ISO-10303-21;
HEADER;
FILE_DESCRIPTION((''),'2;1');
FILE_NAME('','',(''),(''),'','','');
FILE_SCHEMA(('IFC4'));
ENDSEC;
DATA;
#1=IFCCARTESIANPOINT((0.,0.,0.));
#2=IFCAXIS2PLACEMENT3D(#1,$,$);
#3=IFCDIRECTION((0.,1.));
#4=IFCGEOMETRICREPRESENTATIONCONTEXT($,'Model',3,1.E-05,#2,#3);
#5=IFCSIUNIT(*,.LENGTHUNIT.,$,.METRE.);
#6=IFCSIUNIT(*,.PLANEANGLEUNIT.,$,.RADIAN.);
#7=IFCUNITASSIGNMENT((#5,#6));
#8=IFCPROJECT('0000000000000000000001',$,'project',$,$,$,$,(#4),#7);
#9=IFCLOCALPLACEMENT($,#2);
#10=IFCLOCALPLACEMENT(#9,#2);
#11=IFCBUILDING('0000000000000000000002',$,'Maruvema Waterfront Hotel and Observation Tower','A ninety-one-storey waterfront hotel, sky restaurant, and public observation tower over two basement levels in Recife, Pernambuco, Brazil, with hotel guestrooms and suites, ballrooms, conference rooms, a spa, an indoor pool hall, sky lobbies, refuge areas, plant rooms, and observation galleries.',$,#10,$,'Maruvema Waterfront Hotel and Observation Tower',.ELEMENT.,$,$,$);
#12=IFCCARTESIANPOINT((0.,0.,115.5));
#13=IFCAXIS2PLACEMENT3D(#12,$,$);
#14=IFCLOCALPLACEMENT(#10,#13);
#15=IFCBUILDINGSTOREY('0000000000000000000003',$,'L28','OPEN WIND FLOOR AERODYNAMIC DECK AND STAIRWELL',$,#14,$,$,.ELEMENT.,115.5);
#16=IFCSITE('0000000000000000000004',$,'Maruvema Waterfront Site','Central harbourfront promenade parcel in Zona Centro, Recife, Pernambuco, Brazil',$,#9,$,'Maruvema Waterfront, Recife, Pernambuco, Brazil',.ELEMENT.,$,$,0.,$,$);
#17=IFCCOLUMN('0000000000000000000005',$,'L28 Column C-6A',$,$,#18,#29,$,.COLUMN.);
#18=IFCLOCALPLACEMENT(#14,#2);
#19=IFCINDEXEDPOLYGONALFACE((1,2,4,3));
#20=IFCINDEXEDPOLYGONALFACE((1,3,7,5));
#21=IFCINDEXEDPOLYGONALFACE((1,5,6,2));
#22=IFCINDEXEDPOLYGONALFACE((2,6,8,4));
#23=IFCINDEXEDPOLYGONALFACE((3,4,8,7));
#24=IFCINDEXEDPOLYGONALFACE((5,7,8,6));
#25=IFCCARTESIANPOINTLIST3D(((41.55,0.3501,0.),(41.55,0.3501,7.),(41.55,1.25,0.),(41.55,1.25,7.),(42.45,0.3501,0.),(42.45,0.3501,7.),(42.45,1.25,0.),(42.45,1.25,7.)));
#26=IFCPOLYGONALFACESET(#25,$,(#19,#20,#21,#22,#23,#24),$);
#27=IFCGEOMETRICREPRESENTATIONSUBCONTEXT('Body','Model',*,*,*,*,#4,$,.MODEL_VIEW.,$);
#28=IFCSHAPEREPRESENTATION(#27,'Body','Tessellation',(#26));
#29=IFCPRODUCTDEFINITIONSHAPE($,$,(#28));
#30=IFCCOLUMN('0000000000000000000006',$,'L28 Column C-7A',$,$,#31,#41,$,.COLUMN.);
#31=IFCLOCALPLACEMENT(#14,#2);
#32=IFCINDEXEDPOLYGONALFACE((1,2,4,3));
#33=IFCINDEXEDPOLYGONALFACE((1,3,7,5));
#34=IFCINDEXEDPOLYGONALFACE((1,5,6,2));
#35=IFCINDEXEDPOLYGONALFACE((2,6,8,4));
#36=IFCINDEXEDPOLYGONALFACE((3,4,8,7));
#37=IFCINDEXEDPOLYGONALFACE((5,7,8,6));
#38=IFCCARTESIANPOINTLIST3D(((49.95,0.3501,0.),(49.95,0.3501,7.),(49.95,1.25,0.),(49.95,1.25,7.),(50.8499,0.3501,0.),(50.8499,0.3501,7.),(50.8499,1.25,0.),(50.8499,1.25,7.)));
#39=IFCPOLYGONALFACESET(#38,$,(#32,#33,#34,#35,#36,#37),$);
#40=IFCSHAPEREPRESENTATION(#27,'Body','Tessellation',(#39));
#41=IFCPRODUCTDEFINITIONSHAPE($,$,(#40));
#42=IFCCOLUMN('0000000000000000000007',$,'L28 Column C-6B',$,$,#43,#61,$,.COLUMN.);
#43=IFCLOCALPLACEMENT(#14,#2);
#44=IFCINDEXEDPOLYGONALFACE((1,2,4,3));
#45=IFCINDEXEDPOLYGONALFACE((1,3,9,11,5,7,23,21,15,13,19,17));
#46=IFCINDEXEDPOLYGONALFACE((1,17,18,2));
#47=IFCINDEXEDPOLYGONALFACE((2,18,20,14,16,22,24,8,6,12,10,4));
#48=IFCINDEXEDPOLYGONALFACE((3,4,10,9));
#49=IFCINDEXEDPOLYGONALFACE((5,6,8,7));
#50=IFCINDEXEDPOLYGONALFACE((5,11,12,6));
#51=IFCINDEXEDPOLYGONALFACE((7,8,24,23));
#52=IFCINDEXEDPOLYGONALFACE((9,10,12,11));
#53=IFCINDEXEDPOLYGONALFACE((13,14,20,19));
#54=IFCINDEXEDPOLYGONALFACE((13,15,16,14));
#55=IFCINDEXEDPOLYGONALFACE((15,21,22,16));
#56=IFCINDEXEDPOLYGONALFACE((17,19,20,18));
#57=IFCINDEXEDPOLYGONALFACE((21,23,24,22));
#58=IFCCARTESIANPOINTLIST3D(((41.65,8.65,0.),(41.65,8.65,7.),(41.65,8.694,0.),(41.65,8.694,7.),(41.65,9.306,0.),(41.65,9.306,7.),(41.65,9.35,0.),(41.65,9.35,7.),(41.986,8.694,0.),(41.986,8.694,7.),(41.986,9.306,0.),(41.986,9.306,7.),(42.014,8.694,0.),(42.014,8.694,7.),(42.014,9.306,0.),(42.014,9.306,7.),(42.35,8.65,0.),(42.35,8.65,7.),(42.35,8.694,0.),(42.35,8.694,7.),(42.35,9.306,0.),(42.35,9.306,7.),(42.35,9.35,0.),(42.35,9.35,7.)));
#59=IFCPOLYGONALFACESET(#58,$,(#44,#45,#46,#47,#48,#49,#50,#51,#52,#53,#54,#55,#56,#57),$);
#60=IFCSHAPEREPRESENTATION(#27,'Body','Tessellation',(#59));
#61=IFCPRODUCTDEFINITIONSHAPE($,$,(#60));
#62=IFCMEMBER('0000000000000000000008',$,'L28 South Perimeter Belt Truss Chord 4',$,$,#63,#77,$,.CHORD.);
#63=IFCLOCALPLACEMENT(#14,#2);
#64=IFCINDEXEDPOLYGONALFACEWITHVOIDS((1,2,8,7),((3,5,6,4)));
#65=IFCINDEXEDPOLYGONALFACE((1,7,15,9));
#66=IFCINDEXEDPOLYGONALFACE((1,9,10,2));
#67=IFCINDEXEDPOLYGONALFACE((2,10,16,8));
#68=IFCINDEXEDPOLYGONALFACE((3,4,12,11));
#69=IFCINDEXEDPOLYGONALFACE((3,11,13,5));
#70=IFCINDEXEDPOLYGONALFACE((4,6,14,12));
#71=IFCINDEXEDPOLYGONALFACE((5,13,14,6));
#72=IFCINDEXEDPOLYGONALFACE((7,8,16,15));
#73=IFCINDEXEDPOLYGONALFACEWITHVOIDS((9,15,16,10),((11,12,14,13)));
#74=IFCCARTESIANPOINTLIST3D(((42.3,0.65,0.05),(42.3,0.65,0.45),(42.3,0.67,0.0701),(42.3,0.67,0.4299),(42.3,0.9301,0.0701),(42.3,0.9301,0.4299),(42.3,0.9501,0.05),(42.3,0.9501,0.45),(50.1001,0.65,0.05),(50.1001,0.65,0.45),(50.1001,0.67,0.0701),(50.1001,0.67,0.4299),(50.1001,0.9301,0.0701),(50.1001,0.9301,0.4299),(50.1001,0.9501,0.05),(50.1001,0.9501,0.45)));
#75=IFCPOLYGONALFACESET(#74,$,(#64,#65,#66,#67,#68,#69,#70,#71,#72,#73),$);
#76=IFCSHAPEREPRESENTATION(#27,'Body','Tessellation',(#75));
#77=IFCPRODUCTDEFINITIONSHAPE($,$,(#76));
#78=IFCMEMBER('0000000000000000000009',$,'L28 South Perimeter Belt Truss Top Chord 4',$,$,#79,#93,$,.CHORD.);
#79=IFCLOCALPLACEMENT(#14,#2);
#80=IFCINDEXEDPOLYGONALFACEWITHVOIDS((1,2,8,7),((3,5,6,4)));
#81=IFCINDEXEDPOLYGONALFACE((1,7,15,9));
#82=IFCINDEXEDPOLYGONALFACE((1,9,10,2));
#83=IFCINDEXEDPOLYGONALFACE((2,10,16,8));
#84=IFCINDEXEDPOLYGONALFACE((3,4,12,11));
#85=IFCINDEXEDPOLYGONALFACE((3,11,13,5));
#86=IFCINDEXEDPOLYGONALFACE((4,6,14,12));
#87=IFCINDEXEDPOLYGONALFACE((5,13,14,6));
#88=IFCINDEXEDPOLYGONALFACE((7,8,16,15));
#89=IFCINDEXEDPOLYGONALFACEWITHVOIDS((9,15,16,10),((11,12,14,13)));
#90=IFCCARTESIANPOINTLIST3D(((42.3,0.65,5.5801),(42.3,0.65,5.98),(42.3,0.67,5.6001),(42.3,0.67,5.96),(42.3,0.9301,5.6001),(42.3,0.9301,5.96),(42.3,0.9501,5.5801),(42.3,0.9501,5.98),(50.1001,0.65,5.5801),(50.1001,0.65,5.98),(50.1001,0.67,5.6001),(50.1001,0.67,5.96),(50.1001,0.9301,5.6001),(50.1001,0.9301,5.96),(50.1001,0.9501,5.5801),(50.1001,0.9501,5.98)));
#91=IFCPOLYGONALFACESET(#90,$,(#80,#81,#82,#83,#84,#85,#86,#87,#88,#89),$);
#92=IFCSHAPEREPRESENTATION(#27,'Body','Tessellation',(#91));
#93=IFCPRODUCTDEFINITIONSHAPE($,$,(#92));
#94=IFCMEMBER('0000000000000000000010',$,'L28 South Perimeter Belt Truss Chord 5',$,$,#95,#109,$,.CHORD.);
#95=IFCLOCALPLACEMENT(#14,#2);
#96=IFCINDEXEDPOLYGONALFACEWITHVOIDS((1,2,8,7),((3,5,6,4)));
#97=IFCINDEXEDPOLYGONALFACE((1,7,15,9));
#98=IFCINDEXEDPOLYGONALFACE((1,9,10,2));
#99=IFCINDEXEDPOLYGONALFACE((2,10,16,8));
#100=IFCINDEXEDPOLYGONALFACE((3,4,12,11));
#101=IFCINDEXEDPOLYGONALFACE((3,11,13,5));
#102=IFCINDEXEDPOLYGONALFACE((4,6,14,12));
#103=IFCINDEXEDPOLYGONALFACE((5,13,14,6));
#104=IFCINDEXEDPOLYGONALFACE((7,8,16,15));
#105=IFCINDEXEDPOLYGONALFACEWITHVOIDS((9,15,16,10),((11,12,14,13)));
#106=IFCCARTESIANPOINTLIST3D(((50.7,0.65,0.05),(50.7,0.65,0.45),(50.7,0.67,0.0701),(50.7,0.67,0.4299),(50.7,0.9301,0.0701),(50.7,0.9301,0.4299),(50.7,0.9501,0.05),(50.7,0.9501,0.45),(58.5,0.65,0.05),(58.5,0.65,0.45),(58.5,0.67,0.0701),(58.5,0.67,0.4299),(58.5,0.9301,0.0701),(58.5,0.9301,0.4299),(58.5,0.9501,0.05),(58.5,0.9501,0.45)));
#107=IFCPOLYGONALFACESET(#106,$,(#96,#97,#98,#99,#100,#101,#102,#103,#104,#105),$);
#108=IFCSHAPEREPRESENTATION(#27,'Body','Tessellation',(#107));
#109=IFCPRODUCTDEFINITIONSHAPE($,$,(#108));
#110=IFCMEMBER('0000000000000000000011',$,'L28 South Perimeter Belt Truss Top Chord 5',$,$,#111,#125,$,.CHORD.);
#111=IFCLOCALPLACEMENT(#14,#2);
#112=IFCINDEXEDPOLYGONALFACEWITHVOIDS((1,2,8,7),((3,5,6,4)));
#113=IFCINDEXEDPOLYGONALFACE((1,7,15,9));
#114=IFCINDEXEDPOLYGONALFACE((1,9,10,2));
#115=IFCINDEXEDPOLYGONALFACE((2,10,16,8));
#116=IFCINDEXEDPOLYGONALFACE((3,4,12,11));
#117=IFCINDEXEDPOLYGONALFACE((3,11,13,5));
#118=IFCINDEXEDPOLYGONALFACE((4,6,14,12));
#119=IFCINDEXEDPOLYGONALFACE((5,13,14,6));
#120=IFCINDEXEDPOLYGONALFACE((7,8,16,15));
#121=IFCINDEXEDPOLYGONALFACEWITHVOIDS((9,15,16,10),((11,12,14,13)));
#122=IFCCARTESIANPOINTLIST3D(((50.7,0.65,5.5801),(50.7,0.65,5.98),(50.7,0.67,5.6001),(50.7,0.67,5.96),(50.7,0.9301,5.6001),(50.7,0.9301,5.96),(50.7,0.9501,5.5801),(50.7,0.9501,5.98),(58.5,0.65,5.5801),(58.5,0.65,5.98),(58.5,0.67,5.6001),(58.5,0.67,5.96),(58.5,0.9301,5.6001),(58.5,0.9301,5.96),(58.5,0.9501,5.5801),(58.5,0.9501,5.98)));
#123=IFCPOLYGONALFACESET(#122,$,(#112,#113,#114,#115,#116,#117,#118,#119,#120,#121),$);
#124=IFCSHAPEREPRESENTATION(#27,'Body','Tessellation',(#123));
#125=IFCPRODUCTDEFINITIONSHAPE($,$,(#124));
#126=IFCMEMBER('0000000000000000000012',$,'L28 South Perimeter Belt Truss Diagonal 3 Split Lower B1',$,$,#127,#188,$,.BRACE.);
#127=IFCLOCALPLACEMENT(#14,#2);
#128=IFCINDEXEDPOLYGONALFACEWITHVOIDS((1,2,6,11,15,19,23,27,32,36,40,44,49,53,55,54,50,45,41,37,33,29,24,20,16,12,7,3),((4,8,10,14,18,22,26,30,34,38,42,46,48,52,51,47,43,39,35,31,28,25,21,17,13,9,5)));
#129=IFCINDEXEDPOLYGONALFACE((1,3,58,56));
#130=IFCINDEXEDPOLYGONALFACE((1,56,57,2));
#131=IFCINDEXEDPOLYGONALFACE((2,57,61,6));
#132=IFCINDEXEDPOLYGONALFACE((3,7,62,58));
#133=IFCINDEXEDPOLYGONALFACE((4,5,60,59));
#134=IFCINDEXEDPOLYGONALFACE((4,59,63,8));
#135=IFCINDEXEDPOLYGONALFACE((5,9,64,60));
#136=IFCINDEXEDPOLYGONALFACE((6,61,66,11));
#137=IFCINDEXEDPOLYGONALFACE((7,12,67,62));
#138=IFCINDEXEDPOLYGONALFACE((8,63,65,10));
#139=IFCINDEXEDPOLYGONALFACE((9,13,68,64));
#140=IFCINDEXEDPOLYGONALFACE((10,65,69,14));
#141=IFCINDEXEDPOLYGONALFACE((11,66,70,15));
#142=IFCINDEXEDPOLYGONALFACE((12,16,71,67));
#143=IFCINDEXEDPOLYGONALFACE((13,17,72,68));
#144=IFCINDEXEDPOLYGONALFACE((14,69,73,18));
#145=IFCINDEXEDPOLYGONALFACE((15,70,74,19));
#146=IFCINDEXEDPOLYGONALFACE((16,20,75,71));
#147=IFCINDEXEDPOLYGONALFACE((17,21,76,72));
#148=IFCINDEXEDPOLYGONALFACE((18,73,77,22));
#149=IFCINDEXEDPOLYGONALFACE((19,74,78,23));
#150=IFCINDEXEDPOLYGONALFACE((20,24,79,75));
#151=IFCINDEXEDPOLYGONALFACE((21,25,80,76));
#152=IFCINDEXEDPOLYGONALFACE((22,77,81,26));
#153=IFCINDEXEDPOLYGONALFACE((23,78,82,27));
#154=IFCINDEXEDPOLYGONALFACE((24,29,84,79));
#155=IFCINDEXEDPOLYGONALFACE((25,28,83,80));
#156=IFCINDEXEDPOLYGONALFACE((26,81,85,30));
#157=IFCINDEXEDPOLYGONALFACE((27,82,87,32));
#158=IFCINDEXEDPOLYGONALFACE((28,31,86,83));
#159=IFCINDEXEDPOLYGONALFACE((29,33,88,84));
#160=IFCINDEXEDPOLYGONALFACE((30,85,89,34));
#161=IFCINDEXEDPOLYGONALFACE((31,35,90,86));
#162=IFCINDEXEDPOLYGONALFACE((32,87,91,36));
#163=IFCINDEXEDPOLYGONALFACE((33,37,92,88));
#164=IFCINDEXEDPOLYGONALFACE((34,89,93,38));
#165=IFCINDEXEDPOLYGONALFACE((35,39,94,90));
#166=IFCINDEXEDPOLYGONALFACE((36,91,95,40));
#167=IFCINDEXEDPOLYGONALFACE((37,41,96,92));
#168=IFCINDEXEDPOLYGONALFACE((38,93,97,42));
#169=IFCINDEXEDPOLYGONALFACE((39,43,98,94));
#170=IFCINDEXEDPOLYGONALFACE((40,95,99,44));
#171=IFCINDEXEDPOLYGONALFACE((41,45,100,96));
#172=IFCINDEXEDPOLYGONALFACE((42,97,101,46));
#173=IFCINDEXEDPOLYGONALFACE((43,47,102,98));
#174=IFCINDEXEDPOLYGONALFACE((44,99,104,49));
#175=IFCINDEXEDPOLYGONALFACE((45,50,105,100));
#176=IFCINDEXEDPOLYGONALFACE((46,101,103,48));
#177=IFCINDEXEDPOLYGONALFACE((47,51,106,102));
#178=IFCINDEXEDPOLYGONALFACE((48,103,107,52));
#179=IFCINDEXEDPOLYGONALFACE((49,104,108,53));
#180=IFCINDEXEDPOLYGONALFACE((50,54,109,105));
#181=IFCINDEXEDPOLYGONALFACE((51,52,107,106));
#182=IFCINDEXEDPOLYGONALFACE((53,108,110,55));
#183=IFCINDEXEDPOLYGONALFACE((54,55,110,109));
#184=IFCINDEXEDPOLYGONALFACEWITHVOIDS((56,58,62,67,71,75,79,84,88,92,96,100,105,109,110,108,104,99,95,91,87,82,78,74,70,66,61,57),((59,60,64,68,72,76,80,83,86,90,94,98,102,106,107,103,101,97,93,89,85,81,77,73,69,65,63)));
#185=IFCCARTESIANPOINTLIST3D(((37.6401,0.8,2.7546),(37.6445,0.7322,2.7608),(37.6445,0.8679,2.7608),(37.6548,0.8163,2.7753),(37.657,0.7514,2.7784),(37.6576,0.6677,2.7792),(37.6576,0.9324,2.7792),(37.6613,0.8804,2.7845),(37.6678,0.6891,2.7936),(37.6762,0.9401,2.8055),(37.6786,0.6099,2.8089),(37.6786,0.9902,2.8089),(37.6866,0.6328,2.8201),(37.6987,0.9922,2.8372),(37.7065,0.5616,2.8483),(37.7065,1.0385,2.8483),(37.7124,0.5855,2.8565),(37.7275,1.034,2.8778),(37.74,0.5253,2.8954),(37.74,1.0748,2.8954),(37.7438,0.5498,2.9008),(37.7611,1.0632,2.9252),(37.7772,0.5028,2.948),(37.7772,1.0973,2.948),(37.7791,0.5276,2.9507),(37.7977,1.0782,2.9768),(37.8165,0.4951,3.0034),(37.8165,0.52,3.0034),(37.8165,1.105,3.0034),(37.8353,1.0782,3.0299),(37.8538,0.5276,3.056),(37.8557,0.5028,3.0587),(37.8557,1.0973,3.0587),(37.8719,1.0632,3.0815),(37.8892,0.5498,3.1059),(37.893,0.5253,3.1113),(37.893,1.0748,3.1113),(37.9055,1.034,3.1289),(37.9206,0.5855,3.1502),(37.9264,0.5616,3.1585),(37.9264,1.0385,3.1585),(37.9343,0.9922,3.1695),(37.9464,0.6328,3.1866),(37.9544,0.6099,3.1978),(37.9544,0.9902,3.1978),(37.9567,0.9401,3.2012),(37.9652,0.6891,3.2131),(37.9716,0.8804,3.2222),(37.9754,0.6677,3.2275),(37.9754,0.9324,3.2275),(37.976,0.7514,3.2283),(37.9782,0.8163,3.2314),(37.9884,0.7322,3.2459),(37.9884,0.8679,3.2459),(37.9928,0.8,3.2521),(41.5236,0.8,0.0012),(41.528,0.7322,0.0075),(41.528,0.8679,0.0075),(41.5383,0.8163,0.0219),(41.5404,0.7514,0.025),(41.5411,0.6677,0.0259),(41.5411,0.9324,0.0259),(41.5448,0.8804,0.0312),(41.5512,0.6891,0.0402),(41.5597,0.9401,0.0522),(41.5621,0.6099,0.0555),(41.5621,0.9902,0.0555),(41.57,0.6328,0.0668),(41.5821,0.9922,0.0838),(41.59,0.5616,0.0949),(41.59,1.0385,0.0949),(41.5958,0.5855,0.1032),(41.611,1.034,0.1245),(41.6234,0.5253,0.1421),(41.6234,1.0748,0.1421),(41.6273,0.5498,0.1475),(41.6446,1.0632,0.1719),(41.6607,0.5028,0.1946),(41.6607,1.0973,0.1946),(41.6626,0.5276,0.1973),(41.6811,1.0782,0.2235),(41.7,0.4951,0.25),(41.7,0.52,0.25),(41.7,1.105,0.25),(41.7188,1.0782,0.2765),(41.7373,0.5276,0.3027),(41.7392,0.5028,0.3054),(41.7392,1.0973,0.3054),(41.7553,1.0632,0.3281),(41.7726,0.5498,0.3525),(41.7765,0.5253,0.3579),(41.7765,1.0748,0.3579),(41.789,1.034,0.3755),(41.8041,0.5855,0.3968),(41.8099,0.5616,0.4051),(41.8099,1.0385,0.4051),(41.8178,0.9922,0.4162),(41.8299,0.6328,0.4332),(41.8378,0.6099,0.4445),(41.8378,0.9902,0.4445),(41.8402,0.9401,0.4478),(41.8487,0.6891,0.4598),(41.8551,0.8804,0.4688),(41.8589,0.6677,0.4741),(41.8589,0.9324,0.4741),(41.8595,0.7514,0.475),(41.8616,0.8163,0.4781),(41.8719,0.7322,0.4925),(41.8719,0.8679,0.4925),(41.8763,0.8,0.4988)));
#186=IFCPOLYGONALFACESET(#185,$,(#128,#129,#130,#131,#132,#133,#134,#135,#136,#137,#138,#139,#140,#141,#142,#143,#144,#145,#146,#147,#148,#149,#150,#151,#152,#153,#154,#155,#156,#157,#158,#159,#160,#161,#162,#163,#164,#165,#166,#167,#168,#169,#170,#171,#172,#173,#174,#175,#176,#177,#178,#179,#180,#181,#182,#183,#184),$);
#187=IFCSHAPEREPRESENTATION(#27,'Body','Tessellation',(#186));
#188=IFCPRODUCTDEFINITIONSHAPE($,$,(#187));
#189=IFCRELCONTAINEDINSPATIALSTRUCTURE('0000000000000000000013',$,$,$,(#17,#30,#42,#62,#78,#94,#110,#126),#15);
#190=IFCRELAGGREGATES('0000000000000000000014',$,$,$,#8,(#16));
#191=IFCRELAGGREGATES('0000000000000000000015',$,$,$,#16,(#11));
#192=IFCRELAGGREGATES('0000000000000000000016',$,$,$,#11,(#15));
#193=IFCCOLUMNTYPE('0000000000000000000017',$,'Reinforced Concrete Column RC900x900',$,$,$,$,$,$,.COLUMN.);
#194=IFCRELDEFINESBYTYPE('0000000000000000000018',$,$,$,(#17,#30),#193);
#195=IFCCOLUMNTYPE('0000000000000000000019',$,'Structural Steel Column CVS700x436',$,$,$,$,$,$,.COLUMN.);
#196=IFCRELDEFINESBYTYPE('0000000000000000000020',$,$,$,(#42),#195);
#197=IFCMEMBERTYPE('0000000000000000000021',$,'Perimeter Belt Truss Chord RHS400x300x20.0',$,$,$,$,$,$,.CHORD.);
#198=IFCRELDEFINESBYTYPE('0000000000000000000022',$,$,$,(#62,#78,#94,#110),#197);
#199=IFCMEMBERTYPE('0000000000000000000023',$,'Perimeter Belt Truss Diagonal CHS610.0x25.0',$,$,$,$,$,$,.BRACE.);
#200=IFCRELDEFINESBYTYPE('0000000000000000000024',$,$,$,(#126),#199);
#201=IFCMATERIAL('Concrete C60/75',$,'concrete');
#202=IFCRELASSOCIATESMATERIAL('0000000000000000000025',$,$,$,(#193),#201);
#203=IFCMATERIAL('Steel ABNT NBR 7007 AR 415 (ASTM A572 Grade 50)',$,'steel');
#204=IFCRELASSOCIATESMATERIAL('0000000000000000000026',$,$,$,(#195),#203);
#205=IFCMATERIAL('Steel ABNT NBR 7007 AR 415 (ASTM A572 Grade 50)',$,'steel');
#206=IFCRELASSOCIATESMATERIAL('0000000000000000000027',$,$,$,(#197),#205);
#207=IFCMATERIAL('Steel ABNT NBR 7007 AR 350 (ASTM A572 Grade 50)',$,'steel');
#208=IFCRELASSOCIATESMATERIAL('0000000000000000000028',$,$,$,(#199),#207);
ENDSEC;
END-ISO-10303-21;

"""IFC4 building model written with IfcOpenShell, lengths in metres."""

from ifc_helpers import new_model, si_unit, direction, frame, origin, origin_2d, place, context, subcontext, project, spatial, rectangle, hollow_rectangle, hollow_circle, i_section, extrude, material, material_profile, profile_set, type_object, element, save


model = new_model("IFC4")

# Units and contexts
model_context = context("Model", 3, precision=1e-05, world=origin(), true_north=direction((0.0, 1.0)))
body_context = subcontext(model_context, "Body", "Model", "MODEL_VIEW")
ifc_project = project(units=[si_unit("LENGTHUNIT", "METRE"), si_unit("PLANEANGLEUNIT", "RADIAN")], contexts=[model_context])

# Site, building, storey
site_placement = place(None, origin())
site = spatial("IfcSite", under=ifc_project, at=site_placement, Name="Maruvema Waterfront Site", Description="Central harbourfront promenade parcel in Zona Centro, Recife, Pernambuco, Brazil", LongName="Maruvema Waterfront, Recife, Pernambuco, Brazil", CompositionType="ELEMENT", RefElevation=0.0)
building_placement = place(site_placement, origin())
building = spatial("IfcBuilding", under=site, at=building_placement, Name="Maruvema Waterfront Hotel and Observation Tower", Description="A ninety-one-storey waterfront hotel, sky restaurant, and public observation tower over two basement levels in Recife, Pernambuco, Brazil, with hotel guestrooms and suites, ballrooms, conference rooms, a spa, an indoor pool hall, sky lobbies, refuge areas, plant rooms, and observation galleries.", LongName="Maruvema Waterfront Hotel and Observation Tower", CompositionType="ELEMENT")
storey_placement = place(building_placement, frame((0.0, 0.0, 115.5)))
storey = spatial("IfcBuildingStorey", under=building, at=storey_placement, Name="L28", Description="OPEN WIND FLOOR AERODYNAMIC DECK AND STAIRWELL", CompositionType="ELEMENT", Elevation=115.5)

# Columns
ifc_material_1 = material(Name="Concrete C60/75", Category="concrete")
ifc_material_profile_1 = material_profile(ifc_material_1, rectangle(XDim=0.8999, YDim=0.8999, at=origin_2d()), Name="RC900x900")
ifc_profile_set_1 = profile_set([ifc_material_profile_1], Name="Concrete C60/75")
column_type_1 = type_object("IfcColumnType", Name="Reinforced Concrete Column RC900x900", PredefinedType="COLUMN", material=ifc_profile_set_1)
for number, where, z_axis, x_axis, name in (
    (1, (42.0, 0.8, 0.0), (0.0, 0.0, 1.0), (1.0, 0.0, 0.0), "L28 Column C-6A"),
    (2, (50.3999, 0.8, 0.0), (0.0, 0.0, 1.0), (1.0, 0.0, 0.0), "L28 Column C-7A"),
):
    element("IfcColumn", number, at=place(storey_placement, frame(where, z_axis=z_axis, x_axis=x_axis)), inside=storey, type_object=column_type_1, Name=name, PredefinedType="COLUMN", context=body_context, shape_type="SweptSolid", body=[
        extrude(rectangle(XDim=0.8999, YDim=0.8999, at=origin_2d()), origin(), (0.0, 0.0, 1.0), 7.0),
    ])
ifc_material_2 = material(Name="Steel ABNT NBR 7007 AR 415 (ASTM A572 Grade 50)", Category="steel")
ifc_material_profile_2 = material_profile(ifc_material_2, i_section(OverallWidth=0.7, OverallDepth=0.7, WebThickness=0.0281, FlangeThickness=0.0439, at=origin_2d()), Name="CVS700x436")
ifc_profile_set_2 = profile_set([ifc_material_profile_2], Name="Steel ABNT NBR 7007 AR 415 (ASTM A572 Grade 50)")
column_type_2 = type_object("IfcColumnType", Name="Structural Steel Column CVS700x436", PredefinedType="COLUMN", material=ifc_profile_set_2)
column_placement = place(storey_placement, frame((42.0, 9.0, 0.0), z_axis=(0.0, 0.0, 1.0), x_axis=(1.0, 0.0, 0.0)))
element("IfcColumn", 3, at=column_placement, inside=storey, type_object=column_type_2, Name="L28 Column C-6B", PredefinedType="COLUMN", context=body_context, shape_type="SweptSolid", body=[
    extrude(i_section(OverallWidth=0.7, OverallDepth=0.7, WebThickness=0.0281, FlangeThickness=0.0439, at=origin_2d()), origin(), (0.0, 0.0, 1.0), 7.0),
])

# Members
ifc_material_3 = material(Name="Steel ABNT NBR 7007 AR 415 (ASTM A572 Grade 50)", Category="steel")
ifc_material_profile_3 = material_profile(ifc_material_3, hollow_rectangle(XDim=0.3, YDim=0.3999, WallThickness=0.02, at=origin_2d()), Name="RHS400x300x20.0")
ifc_profile_set_3 = profile_set([ifc_material_profile_3], Name="Steel ABNT NBR 7007 AR 415 (ASTM A572 Grade 50)")
member_type_1 = type_object("IfcMemberType", Name="Perimeter Belt Truss Chord RHS400x300x20.0", PredefinedType="CHORD", material=ifc_profile_set_3)
for number, where, z_axis, x_axis, name in (
    (4, (42.3, 0.8, 0.25), (1.0, 0.0, 0.0), (0.0, 1.0, 0.0), "L28 South Perimeter Belt Truss Chord 4"),
    (5, (42.3, 0.8, 5.78), (1.0, 0.0, 0.0), (0.0, 1.0, 0.0), "L28 South Perimeter Belt Truss Top Chord 4"),
    (6, (50.7, 0.8, 0.25), (1.0, 0.0, 0.0), (0.0, 1.0, 0.0), "L28 South Perimeter Belt Truss Chord 5"),
    (7, (50.7, 0.8, 5.78), (1.0, 0.0, 0.0), (0.0, 1.0, 0.0), "L28 South Perimeter Belt Truss Top Chord 5"),
):
    element("IfcMember", number, at=place(storey_placement, frame(where, z_axis=z_axis, x_axis=x_axis)), inside=storey, type_object=member_type_1, Name=name, PredefinedType="CHORD", context=body_context, shape_type="SweptSolid", body=[
        extrude(hollow_rectangle(XDim=0.3, YDim=0.3999, WallThickness=0.02, at=origin_2d()), origin(), (0.0, 0.0, 1.0), 7.8),
    ])
ifc_material_4 = material(Name="Steel ABNT NBR 7007 AR 350 (ASTM A572 Grade 50)", Category="steel")
ifc_material_profile_4 = material_profile(ifc_material_4, hollow_circle(Radius=0.3049, WallThickness=0.0249, at=origin_2d()), Name="CHS610.0x25.0")
ifc_profile_set_4 = profile_set([ifc_material_profile_4], Name="Steel ABNT NBR 7007 AR 350 (ASTM A572 Grade 50)")
member_type_2 = type_object("IfcMemberType", Name="Perimeter Belt Truss Diagonal CHS610.0x25.0", PredefinedType="BRACE", material=ifc_profile_set_4)
member_1_placement = place(storey_placement, frame((41.7, 0.8, 0.25), z_axis=(-0.815769, 0.0, 0.578377), x_axis=(0.0, -1.0, 0.0)))
element("IfcMember", 8, at=member_1_placement, inside=storey, type_object=member_type_2, Name="L28 South Perimeter Belt Truss Diagonal 3 Split Lower B1", PredefinedType="BRACE", context=body_context, shape_type="SweptSolid", body=[
    extrude(hollow_circle(Radius=0.3049, WallThickness=0.0249, at=origin_2d()), origin(), (0.0, 0.0, 1.0), 4.7605),
])

save(model, "model.ifc")
